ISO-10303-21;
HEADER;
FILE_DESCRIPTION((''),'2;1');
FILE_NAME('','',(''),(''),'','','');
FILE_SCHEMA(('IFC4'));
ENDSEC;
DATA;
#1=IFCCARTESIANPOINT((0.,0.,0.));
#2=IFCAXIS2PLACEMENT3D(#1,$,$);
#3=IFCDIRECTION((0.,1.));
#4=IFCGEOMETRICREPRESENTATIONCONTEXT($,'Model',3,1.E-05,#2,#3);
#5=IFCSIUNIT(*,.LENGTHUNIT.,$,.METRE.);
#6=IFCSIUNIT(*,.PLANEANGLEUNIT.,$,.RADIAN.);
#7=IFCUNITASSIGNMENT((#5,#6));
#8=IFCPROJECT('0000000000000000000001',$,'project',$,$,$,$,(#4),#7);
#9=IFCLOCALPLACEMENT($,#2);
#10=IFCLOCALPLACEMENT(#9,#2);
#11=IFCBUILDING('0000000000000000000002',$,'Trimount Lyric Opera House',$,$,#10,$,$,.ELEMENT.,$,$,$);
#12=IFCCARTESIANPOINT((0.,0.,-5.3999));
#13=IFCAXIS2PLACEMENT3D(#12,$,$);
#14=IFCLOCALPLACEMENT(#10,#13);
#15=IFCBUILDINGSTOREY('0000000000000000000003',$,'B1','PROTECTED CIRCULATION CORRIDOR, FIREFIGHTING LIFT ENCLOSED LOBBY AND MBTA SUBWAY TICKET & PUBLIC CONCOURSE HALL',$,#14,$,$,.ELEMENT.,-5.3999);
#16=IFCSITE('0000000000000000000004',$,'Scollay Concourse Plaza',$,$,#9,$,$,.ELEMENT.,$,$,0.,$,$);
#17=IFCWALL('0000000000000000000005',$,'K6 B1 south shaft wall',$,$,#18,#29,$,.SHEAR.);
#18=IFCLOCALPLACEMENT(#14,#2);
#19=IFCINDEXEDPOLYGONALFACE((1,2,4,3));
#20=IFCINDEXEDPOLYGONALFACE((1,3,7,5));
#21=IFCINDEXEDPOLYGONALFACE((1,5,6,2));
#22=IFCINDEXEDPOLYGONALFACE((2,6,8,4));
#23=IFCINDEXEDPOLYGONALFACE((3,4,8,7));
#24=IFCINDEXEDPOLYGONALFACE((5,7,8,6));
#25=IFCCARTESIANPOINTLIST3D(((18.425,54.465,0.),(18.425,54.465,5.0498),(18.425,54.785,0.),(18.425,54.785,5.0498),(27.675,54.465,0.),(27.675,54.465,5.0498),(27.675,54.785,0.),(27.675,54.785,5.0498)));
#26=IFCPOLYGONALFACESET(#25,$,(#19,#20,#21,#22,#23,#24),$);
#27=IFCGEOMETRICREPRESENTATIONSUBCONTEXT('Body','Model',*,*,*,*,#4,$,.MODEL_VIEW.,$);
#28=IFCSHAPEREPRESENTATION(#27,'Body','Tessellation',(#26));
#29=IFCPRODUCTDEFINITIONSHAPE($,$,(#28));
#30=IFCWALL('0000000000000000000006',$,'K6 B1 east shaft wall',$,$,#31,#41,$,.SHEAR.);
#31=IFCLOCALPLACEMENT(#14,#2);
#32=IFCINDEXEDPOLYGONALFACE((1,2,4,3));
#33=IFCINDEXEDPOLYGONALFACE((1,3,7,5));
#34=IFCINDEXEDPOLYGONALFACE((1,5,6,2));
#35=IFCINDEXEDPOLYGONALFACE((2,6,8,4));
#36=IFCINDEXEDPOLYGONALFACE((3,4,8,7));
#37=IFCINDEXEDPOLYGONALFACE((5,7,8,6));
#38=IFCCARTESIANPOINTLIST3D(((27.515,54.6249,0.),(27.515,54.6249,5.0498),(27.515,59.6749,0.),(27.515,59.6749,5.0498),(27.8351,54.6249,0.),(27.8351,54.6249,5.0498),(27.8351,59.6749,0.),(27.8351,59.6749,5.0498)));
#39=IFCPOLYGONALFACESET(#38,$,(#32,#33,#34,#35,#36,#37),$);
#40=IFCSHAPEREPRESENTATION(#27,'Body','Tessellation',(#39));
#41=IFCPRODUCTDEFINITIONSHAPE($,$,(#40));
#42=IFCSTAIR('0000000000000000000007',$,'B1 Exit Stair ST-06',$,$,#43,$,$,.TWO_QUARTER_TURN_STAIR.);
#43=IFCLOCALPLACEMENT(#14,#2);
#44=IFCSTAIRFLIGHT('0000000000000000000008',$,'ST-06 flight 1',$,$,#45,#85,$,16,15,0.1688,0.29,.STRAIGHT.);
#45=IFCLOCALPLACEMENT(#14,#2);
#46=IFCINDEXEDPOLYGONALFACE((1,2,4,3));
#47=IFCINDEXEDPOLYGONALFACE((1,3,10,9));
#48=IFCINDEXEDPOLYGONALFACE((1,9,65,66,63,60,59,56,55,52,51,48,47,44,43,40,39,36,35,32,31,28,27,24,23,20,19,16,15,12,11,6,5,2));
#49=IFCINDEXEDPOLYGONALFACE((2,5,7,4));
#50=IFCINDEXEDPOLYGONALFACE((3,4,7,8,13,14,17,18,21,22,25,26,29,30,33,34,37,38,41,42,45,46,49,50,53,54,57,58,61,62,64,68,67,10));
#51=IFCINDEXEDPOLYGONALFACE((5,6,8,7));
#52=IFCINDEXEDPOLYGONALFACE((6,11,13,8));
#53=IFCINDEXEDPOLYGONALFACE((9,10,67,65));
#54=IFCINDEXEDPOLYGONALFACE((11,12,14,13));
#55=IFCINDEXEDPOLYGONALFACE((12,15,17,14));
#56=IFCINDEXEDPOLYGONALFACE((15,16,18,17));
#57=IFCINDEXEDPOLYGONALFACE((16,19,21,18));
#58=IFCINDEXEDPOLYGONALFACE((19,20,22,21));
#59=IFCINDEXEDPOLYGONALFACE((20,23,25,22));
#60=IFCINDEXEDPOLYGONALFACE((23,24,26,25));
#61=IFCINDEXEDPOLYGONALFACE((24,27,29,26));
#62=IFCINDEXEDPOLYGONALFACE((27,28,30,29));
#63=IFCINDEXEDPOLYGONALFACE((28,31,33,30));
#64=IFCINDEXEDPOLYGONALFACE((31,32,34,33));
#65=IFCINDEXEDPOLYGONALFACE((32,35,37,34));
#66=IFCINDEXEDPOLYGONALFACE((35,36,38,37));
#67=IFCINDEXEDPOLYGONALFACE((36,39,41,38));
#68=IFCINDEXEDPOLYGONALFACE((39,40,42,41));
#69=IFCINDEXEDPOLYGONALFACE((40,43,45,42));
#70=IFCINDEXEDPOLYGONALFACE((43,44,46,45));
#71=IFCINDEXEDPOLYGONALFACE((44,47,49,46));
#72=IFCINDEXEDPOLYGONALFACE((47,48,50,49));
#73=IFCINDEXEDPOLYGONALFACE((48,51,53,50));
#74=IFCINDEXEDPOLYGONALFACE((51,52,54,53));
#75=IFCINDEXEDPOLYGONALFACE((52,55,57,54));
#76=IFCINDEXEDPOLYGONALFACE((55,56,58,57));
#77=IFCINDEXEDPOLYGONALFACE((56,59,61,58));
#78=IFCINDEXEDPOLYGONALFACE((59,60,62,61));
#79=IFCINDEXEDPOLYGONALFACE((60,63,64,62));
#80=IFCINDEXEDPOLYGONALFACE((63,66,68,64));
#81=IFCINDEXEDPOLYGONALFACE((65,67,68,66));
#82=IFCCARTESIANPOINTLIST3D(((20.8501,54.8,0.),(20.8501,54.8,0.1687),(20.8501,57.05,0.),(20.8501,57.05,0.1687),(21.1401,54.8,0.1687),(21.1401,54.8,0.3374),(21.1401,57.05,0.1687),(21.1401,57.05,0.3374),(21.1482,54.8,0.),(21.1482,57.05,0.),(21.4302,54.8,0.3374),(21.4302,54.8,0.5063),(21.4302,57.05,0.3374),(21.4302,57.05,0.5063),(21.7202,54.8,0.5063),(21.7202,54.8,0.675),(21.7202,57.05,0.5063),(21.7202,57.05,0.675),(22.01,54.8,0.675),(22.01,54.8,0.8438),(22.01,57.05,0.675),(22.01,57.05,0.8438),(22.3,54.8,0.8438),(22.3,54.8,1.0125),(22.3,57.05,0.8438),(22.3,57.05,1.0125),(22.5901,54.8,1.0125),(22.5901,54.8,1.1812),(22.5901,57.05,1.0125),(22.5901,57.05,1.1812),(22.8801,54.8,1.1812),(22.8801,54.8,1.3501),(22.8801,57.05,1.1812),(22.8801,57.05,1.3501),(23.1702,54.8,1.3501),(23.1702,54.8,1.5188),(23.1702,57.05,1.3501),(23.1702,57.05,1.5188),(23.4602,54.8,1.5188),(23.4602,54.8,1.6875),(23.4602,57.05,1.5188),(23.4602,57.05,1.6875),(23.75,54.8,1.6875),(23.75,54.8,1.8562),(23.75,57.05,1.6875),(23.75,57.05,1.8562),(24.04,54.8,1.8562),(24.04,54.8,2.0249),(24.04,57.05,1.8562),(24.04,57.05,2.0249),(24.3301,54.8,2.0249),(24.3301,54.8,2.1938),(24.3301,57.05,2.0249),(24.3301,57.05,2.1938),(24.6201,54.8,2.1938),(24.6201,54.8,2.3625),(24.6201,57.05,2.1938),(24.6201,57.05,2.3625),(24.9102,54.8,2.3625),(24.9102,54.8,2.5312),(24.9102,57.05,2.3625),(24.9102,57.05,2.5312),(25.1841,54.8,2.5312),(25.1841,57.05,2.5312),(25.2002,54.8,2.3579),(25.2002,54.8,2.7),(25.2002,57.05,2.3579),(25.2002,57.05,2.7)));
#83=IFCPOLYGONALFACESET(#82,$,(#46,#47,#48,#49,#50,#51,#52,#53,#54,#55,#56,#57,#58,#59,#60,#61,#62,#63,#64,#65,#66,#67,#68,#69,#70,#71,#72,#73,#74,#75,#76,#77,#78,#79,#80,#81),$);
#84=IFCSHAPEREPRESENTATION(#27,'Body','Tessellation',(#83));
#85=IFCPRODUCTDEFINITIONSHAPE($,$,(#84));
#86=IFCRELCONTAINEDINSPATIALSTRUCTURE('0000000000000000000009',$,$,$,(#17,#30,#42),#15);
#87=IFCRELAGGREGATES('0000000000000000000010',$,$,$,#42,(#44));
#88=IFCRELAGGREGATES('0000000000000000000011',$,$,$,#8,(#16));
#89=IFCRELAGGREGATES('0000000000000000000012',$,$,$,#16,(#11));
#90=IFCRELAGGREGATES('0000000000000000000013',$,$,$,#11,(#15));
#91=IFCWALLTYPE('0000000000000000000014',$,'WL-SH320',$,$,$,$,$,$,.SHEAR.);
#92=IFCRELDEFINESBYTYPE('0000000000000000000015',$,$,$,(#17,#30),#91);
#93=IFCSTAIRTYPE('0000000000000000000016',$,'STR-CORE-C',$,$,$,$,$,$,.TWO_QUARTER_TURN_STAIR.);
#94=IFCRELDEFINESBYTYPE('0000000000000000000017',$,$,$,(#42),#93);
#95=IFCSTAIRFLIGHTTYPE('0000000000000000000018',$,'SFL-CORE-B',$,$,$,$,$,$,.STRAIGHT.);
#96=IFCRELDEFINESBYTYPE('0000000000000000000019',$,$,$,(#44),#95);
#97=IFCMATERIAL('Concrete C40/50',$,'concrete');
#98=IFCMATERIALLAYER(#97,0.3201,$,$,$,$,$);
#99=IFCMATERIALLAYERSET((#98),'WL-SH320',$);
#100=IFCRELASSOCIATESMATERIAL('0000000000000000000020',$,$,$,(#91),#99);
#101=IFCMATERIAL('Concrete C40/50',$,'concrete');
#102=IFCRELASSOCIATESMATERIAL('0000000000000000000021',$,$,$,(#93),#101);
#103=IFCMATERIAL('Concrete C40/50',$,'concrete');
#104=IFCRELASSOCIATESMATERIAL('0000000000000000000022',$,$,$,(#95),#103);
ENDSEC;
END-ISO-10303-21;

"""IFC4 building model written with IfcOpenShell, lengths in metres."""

from ifc_helpers import new_model, si_unit, direction, frame, frame_2d, origin, place, context, subcontext, project, spatial, polyline, rectangle, outline, extrude, material, layer, layer_set, type_object, element, aggregate, save


model = new_model("IFC4")

# Units and contexts
model_context = context("Model", 3, precision=1e-05, world=origin(), true_north=direction((0.0, 1.0)))
body_context = subcontext(model_context, "Body", "Model", "MODEL_VIEW")
ifc_project = project(units=[si_unit("LENGTHUNIT", "METRE"), si_unit("PLANEANGLEUNIT", "RADIAN")], contexts=[model_context])

# Site, building, storey
site_placement = place(None, origin())
site = spatial("IfcSite", under=ifc_project, at=site_placement, Name="Scollay Concourse Plaza", CompositionType="ELEMENT", RefElevation=0.0)
building_placement = place(site_placement, origin())
building = spatial("IfcBuilding", under=site, at=building_placement, Name="Trimount Lyric Opera House", CompositionType="ELEMENT")
storey_placement = place(building_placement, frame((0.0, 0.0, -5.3999)))
storey = spatial("IfcBuildingStorey", under=building, at=storey_placement, Name="B1", Description="PROTECTED CIRCULATION CORRIDOR, FIREFIGHTING LIFT ENCLOSED LOBBY AND MBTA SUBWAY TICKET & PUBLIC CONCOURSE HALL", CompositionType="ELEMENT", Elevation=-5.3999)

# Walls
ifc_material_1 = material(Name="Concrete C40/50", Category="concrete")
ifc_layer_1 = layer(ifc_material_1, 0.3201)
ifc_layer_set_1 = layer_set([ifc_layer_1], Name="WL-SH320")
wall_type_1 = type_object("IfcWallType", Name="WL-SH320", PredefinedType="SHEAR", material=ifc_layer_set_1)
wall_1_placement = place(storey_placement, frame((18.425, 54.625, 0.0), z_axis=(0.0, 0.0, 1.0), x_axis=(1.0, 0.0, 0.0)))
element("IfcWall", 1, at=wall_1_placement, inside=storey, type_object=wall_type_1, Name="K6 B1 south shaft wall", PredefinedType="SHEAR", context=body_context, shape_type="SweptSolid", body=[
    extrude(rectangle(XDim=9.25, YDim=0.3201, at=frame_2d((4.625, 0.0))), origin(), (0.0, 0.0, 1.0), 5.0498),
])
wall_2_placement = place(storey_placement, frame((27.675, 54.625, 0.0), z_axis=(0.0, 0.0, 1.0), x_axis=(0.0, 1.0, 0.0)))
element("IfcWall", 2, at=wall_2_placement, inside=storey, type_object=wall_type_1, Name="K6 B1 east shaft wall", PredefinedType="SHEAR", context=body_context, shape_type="SweptSolid", body=[
    extrude(rectangle(XDim=5.05, YDim=0.3201, at=frame_2d((2.5249, 0.0))), origin(), (0.0, 0.0, 1.0), 5.0498),
])

# Stair, stair flight
ifc_material_2 = material(Name="Concrete C40/50", Category="concrete")
stair_type = type_object("IfcStairType", Name="STR-CORE-C", PredefinedType="TWO_QUARTER_TURN_STAIR", material=ifc_material_2)
stair_placement = place(storey_placement, origin())
stair = element("IfcStair", 3, at=stair_placement, inside=storey, type_object=stair_type, Name="B1 Exit Stair ST-06", PredefinedType="TWO_QUARTER_TURN_STAIR")
ifc_material_3 = material(Name="Concrete C40/50", Category="concrete")
stair_flight_type = type_object("IfcStairFlightType", Name="SFL-CORE-B", PredefinedType="STRAIGHT", material=ifc_material_3)
stair_flight_placement = place(storey_placement, frame((20.8501, 55.925, 0.0), z_axis=(0.0, 0.0, 1.0), x_axis=(1.0, 0.0, 0.0)))
stair_flight = element("IfcStairFlight", 4, at=stair_flight_placement, type_object=stair_flight_type, Name="ST-06 flight 1", NumberOfRisers=16, NumberOfTreads=15, PredefinedType="STRAIGHT", RiserHeight=0.1688, TreadLength=0.29, context=body_context, shape_type="SweptSolid", body=[
    extrude(outline(polyline([(0.0, 0.0), (0.0, 0.1687), (0.29, 0.1687), (0.29, 0.3374), (0.5801, 0.3374), (0.5801, 0.5063), (0.8701, 0.5063), (0.8701, 0.675), (1.1599, 0.675), (1.1599, 0.8438), (1.45, 0.8438), (1.45, 1.0125), (1.74, 1.0125), (1.74, 1.1812), (2.03, 1.1812), (2.03, 1.3501), (2.3201, 1.3501), (2.3201, 1.5188), (2.6101, 1.5188), (2.6101, 1.6875), (2.8999, 1.6875), (2.8999, 1.8562), (3.1899, 1.8562), (3.1899, 2.0249), (3.48, 2.0249), (3.48, 2.1938), (3.77, 2.1938), (3.77, 2.3625), (4.0601, 2.3625), (4.0601, 2.5312), (4.334, 2.5312), (4.3501, 2.7), (4.3501, 2.3579), (0.2981, 0.0), (0.0, 0.0)])), frame((0.0, 1.125, 0.0), z_axis=(0.0, -1.0, 0.0), x_axis=(1.0, 0.0, 0.0)), (0.0, 0.0, 1.0), 2.25),
])
aggregate(stair, [stair_flight])

save(model, "model.ifc")
